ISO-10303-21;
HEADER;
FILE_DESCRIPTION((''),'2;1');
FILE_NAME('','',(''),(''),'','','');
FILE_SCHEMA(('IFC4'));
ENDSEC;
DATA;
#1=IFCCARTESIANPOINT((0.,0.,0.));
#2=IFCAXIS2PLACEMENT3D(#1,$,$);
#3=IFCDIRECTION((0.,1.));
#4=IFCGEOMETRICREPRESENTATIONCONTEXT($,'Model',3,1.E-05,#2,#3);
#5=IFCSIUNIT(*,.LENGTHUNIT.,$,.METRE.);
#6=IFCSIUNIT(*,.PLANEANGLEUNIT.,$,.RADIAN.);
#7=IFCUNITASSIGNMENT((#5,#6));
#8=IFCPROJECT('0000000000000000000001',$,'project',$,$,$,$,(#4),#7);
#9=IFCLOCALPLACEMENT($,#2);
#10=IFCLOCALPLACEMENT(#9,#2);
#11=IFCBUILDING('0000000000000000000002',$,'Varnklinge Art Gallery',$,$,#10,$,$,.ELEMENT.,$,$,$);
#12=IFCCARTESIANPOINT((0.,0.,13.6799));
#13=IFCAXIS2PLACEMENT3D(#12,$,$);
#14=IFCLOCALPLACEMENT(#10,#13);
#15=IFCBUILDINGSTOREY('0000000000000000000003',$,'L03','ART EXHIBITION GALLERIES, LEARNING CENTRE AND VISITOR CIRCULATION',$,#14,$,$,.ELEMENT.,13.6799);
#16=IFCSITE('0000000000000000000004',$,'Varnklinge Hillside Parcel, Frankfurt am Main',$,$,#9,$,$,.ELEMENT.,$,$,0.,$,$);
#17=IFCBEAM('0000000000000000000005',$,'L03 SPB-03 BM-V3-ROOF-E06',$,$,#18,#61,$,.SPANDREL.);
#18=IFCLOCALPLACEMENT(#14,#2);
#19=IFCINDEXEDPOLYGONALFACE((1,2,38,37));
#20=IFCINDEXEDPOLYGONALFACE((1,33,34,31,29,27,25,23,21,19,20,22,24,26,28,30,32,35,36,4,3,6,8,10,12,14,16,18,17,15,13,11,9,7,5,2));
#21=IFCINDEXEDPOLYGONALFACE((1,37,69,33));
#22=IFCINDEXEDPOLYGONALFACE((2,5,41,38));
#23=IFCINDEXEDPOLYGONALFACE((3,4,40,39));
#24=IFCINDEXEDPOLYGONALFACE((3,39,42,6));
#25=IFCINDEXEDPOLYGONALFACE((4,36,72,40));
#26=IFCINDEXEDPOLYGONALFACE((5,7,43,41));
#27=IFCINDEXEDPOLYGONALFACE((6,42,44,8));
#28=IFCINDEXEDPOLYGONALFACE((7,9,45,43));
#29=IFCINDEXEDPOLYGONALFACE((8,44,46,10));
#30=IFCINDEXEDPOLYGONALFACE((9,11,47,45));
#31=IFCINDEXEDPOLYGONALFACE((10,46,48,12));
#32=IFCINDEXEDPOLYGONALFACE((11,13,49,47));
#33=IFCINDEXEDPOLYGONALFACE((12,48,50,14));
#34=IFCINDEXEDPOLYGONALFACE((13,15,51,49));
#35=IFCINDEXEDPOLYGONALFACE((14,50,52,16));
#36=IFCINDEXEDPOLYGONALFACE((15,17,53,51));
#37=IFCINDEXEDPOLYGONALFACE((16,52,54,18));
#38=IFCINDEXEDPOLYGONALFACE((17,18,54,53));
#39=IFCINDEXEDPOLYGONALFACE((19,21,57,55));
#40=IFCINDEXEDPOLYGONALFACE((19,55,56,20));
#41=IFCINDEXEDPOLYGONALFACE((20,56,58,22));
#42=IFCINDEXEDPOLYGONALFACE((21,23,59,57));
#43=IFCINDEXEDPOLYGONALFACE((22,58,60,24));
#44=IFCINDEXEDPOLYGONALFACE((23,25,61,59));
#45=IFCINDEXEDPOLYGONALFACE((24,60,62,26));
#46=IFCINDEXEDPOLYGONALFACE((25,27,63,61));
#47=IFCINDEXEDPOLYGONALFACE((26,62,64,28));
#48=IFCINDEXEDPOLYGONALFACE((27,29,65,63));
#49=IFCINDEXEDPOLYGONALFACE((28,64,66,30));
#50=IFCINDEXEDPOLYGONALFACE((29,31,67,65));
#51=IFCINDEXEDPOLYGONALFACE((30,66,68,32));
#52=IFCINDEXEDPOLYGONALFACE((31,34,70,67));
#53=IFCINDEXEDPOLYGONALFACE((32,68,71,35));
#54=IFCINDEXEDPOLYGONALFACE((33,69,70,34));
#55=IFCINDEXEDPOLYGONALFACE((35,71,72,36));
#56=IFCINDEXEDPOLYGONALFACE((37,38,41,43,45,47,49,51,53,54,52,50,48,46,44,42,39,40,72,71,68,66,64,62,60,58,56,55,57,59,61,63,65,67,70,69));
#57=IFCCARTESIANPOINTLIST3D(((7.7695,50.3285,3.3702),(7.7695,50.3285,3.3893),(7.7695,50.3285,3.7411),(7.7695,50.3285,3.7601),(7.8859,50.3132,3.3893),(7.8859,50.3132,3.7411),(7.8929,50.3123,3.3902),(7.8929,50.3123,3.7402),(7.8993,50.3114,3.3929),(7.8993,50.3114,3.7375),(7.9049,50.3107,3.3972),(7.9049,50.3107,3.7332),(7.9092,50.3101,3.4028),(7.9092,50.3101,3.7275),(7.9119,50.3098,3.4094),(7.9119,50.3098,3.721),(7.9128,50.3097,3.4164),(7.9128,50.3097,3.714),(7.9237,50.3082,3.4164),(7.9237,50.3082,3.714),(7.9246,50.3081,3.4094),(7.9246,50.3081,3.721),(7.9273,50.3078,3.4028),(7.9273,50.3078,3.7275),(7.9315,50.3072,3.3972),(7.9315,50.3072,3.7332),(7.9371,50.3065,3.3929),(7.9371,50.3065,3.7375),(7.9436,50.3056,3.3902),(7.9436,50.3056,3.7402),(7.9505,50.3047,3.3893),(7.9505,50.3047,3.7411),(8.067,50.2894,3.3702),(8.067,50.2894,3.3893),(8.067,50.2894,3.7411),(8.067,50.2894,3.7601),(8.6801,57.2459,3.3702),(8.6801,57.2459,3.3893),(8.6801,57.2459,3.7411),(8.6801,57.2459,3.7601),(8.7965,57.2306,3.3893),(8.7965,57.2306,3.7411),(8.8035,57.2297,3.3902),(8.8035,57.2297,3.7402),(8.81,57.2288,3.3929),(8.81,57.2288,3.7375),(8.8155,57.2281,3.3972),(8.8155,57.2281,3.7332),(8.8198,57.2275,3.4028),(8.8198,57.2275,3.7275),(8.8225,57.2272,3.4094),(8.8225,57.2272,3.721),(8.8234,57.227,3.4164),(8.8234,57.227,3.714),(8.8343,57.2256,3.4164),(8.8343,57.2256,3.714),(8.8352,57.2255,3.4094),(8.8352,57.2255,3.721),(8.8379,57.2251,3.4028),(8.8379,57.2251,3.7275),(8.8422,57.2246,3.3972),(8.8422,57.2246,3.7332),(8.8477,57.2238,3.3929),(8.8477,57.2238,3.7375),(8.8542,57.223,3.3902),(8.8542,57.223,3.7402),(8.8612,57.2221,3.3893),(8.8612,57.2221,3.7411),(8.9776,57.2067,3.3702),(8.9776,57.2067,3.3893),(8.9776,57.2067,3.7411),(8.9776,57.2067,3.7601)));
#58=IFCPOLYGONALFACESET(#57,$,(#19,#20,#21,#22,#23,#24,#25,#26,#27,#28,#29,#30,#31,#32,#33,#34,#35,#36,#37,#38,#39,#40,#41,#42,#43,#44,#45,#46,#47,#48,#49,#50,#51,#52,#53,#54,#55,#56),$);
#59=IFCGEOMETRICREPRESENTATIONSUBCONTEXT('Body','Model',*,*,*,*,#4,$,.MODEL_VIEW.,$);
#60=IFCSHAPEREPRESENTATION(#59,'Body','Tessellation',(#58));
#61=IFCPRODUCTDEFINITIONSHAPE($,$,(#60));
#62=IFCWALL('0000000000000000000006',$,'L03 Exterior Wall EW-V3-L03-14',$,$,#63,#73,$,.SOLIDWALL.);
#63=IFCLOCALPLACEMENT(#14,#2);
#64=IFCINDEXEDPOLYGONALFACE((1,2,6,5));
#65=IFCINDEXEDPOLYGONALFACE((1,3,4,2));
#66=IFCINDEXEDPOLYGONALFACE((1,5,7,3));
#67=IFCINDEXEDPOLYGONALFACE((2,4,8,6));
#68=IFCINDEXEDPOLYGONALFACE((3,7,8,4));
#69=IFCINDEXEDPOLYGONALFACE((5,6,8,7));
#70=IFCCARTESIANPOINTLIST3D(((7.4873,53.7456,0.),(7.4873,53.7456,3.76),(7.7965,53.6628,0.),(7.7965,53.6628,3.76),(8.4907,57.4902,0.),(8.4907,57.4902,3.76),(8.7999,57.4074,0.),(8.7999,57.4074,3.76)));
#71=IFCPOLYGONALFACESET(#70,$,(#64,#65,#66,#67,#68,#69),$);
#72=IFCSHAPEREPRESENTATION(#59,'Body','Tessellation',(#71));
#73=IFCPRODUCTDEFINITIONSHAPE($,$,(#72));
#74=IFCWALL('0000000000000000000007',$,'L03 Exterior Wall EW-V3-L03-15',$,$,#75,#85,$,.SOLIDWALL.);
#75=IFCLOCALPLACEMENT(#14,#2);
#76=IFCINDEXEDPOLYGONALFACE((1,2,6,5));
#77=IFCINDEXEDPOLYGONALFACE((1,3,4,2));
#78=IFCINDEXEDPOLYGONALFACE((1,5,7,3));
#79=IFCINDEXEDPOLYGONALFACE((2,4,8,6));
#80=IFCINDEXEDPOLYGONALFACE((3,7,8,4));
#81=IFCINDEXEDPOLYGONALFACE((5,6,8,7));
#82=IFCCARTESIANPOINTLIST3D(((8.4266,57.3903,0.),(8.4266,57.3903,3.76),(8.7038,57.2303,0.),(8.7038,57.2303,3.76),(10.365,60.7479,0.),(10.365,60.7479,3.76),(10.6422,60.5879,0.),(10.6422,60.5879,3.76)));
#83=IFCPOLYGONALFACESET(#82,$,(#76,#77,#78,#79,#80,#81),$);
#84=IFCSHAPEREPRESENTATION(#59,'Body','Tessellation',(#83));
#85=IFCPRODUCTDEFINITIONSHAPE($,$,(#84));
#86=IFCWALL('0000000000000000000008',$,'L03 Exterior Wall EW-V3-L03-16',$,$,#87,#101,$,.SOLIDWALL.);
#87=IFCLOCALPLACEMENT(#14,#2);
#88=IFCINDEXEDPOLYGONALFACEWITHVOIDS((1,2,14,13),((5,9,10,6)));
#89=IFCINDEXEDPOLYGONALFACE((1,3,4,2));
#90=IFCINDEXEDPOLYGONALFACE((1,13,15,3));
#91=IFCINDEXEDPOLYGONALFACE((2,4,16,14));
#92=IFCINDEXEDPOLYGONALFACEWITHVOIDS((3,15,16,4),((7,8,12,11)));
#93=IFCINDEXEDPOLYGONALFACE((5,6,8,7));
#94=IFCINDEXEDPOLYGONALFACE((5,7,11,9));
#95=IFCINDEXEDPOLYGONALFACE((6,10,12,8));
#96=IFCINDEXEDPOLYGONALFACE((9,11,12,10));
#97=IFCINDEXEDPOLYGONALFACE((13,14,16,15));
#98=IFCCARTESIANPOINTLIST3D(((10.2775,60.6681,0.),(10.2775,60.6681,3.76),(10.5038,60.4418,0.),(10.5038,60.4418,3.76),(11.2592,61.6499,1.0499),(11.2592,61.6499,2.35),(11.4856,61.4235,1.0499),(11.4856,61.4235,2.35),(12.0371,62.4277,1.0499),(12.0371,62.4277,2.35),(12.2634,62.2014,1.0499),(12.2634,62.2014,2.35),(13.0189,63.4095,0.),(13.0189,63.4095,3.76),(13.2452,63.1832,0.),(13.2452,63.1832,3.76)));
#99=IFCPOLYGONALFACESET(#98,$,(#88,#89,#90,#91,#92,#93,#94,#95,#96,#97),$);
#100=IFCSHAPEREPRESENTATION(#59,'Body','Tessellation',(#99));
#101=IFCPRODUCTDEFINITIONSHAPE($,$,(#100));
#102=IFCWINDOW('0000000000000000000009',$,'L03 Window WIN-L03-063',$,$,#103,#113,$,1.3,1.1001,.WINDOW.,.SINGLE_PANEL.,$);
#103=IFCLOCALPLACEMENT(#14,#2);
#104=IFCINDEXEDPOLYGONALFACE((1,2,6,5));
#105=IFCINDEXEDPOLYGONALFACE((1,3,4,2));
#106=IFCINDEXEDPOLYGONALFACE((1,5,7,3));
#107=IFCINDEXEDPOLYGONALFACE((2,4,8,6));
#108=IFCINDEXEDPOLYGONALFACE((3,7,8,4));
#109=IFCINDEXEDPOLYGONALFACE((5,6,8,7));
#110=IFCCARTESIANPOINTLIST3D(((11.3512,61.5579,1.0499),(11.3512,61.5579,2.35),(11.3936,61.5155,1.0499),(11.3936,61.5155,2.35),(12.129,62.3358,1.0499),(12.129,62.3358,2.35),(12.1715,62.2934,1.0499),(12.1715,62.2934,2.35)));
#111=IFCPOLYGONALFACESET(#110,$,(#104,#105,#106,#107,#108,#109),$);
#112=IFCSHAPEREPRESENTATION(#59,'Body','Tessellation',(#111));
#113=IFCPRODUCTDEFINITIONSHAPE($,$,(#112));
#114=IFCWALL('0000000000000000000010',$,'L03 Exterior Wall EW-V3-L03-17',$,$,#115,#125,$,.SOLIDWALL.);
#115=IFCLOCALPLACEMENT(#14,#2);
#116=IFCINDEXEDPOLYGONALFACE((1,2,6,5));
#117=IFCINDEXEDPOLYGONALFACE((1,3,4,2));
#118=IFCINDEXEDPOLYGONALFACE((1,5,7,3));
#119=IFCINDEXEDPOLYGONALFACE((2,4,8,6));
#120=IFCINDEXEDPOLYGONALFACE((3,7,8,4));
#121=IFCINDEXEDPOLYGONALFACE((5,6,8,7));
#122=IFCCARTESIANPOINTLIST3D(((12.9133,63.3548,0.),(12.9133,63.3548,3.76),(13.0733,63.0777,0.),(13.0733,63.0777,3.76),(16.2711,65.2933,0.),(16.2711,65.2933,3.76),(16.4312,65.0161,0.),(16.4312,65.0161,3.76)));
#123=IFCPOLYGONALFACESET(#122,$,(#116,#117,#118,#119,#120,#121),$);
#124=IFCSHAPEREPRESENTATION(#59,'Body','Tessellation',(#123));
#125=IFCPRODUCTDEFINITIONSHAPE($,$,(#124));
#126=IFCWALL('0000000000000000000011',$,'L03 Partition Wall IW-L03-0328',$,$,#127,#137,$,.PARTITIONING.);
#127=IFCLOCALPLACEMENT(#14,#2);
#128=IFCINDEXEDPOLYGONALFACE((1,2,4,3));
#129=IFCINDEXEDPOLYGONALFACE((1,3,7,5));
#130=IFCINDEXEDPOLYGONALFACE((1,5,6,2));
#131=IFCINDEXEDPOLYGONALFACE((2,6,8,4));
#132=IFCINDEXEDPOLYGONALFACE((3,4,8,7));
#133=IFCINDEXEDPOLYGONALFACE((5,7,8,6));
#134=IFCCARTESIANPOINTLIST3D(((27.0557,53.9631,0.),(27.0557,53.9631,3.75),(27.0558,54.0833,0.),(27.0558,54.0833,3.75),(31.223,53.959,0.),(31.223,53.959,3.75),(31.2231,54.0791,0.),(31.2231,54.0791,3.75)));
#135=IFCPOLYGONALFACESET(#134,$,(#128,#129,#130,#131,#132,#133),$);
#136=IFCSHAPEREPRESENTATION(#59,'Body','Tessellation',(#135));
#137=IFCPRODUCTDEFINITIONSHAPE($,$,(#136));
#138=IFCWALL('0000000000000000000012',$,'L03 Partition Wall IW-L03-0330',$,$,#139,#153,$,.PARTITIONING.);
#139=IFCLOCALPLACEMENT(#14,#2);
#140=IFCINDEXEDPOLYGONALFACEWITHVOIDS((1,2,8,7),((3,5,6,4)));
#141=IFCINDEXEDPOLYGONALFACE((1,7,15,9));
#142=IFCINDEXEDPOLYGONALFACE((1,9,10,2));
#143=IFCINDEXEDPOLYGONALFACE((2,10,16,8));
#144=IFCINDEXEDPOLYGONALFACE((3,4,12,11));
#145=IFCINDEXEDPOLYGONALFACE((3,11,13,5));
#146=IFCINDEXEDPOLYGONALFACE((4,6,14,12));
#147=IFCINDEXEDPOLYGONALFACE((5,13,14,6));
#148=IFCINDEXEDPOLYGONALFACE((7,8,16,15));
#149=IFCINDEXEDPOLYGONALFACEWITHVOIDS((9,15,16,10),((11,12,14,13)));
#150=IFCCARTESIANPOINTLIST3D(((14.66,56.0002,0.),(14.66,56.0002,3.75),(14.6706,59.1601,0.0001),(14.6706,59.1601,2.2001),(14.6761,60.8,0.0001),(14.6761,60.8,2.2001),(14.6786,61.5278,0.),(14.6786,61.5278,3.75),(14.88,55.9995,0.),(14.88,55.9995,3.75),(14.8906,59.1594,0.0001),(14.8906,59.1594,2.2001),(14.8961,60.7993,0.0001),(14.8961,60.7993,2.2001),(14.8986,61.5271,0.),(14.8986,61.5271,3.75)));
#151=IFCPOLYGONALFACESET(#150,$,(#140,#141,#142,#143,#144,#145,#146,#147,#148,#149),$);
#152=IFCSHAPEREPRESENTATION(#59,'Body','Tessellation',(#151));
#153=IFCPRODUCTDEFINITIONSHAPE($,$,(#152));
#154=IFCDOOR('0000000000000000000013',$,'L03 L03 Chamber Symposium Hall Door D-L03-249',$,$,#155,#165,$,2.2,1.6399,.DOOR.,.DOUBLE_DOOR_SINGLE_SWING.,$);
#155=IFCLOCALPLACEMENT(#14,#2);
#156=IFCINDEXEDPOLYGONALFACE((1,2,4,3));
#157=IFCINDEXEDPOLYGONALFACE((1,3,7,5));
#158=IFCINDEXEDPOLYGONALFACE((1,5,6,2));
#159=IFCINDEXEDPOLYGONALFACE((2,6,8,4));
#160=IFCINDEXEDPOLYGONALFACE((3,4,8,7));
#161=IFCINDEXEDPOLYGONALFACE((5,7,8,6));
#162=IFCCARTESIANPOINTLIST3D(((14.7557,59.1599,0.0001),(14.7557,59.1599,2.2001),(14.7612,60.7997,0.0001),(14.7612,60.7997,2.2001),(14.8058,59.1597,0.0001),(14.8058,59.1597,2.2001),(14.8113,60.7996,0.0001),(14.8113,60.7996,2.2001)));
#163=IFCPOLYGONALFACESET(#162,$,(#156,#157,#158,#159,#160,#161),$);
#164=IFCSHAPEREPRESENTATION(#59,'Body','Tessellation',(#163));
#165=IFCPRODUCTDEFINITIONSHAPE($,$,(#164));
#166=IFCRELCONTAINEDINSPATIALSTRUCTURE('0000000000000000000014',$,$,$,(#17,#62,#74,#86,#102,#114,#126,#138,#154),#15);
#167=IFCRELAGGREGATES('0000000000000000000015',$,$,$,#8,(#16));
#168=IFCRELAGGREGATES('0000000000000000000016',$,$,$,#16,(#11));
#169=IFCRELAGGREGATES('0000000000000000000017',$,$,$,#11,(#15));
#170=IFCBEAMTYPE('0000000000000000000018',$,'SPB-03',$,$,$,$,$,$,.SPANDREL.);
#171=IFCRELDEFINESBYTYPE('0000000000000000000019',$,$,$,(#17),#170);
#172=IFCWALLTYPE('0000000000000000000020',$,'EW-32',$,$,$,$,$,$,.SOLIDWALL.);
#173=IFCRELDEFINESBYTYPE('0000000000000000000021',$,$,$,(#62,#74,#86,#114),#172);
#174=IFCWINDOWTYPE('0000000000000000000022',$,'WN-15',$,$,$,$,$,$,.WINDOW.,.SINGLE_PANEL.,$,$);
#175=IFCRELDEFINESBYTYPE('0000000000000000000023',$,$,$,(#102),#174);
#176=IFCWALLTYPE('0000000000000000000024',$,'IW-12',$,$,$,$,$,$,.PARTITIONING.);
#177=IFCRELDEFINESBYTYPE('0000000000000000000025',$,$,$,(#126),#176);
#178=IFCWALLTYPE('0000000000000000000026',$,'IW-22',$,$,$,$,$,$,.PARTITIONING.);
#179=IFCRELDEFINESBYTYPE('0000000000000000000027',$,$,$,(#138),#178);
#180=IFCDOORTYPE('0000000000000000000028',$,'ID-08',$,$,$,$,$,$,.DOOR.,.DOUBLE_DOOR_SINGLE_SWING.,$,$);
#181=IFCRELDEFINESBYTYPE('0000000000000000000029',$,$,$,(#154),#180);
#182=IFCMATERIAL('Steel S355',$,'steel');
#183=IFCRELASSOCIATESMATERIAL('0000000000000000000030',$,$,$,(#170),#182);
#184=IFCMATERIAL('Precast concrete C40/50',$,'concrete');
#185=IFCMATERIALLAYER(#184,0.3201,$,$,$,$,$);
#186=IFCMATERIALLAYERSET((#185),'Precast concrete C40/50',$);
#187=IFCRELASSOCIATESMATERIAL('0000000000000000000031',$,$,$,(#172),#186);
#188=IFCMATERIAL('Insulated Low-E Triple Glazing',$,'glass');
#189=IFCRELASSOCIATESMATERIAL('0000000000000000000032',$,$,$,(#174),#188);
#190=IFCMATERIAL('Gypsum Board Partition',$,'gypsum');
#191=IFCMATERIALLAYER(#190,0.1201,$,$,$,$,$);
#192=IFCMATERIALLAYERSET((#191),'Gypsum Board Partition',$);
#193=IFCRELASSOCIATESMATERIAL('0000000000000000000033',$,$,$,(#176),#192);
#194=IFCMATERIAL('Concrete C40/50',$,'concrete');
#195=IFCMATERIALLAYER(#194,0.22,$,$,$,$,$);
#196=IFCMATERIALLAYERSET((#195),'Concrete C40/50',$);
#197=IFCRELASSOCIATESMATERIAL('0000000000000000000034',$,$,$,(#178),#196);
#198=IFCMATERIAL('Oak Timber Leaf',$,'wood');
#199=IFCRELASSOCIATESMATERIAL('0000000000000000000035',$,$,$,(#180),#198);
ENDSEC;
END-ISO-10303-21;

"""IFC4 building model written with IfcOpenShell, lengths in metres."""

from ifc_helpers import new_model, si_unit, direction, frame, frame_2d, origin, origin_2d, place, context, subcontext, project, spatial, rectangle, i_section, extrude, material, layer, layer_set, material_profile, profile_set, type_object, element, fill, save


model = new_model("IFC4")

# Units and contexts
model_context = context("Model", 3, precision=1e-05, world=origin(), true_north=direction((0.0, 1.0)))
body_context = subcontext(model_context, "Body", "Model", "MODEL_VIEW")
ifc_project = project(units=[si_unit("LENGTHUNIT", "METRE"), si_unit("PLANEANGLEUNIT", "RADIAN")], contexts=[model_context])

# Site, building, storey
site_placement = place(None, origin())
site = spatial("IfcSite", under=ifc_project, at=site_placement, Name="Varnklinge Hillside Parcel, Frankfurt am Main", CompositionType="ELEMENT", RefElevation=0.0)
building_placement = place(site_placement, origin())
building = spatial("IfcBuilding", under=site, at=building_placement, Name="Varnklinge Art Gallery", CompositionType="ELEMENT")
storey_placement = place(building_placement, frame((0.0, 0.0, 13.6799)))
storey = spatial("IfcBuildingStorey", under=building, at=storey_placement, Name="L03", Description="ART EXHIBITION GALLERIES, LEARNING CENTRE AND VISITOR CIRCULATION", CompositionType="ELEMENT", Elevation=13.6799)

# Beam
ifc_material_1 = material(Name="Steel S355", Category="steel")
ifc_material_profile_1 = material_profile(ifc_material_1, i_section(OverallWidth=0.3, OverallDepth=0.3899, WebThickness=0.011, FlangeThickness=0.019, FilletRadius=0.0271, at=origin_2d()), Name="HEA 400")
ifc_profile_set_1 = profile_set([ifc_material_profile_1], Name="Steel S355")
beam_type = type_object("IfcBeamType", Name="SPB-03", PredefinedType="SPANDREL", material=ifc_profile_set_1)
beam_1_placement = place(storey_placement, frame((8.8289, 57.2263, 3.5652), z_axis=(-0.130518, -0.991446, 0.0), x_axis=(0.991446, -0.130518, 0.0)))
element("IfcBeam", 1, at=beam_1_placement, inside=storey, type_object=beam_type, Name="L03 SPB-03 BM-V3-ROOF-E06", PredefinedType="SPANDREL", context=body_context, shape_type="SweptSolid", body=[
    extrude(i_section(OverallWidth=0.3, OverallDepth=0.3899, WebThickness=0.011, FlangeThickness=0.019, FilletRadius=0.0271, at=origin_2d()), origin(), (0.0, 0.0, 1.0), 6.9771),
])

# Walls
ifc_material_2 = material(Name="Precast concrete C40/50", Category="concrete")
ifc_layer_1 = layer(ifc_material_2, 0.3201)
ifc_layer_set_1 = layer_set([ifc_layer_1], Name="Precast concrete C40/50")
wall_type_1 = type_object("IfcWallType", Name="EW-32", PredefinedType="SOLIDWALL", material=ifc_layer_set_1)
wall_1_placement = place(storey_placement, frame((7.6418, 53.7041, 0.0), z_axis=(0.0, 0.0, 1.0), x_axis=(0.258831, 0.965923, 0.0)))
element("IfcWall", 2, at=wall_1_placement, inside=storey, type_object=wall_type_1, Name="L03 Exterior Wall EW-V3-L03-14", PredefinedType="SOLIDWALL", context=body_context, shape_type="SweptSolid", body=[
    extrude(rectangle(XDim=3.8767, YDim=0.3201, at=frame_2d((1.9385, 0.0))), origin(), (0.0, 0.0, 1.0), 3.76),
])
wall_2_placement = place(storey_placement, frame((8.5652, 57.3103, 0.0), z_axis=(0.0, 0.0, 1.0), x_axis=(0.499986, 0.866034, 0.0)))
element("IfcWall", 3, at=wall_2_placement, inside=storey, type_object=wall_type_1, Name="L03 Exterior Wall EW-V3-L03-15", PredefinedType="SOLIDWALL", context=body_context, shape_type="SweptSolid", body=[
    extrude(rectangle(XDim=3.877, YDim=0.3201, at=frame_2d((1.9385, 0.0))), origin(), (0.0, 0.0, 1.0), 3.76),
])

# Wall, opening, window
wall_3_placement = place(storey_placement, frame((10.3906, 60.5549, 0.0), z_axis=(0.0, 0.0, 1.0), x_axis=(0.707107, 0.707107, 0.0)))
wall_3 = element("IfcWall", 4, at=wall_3_placement, inside=storey, type_object=wall_type_1, Name="L03 Exterior Wall EW-V3-L03-16", PredefinedType="SOLIDWALL", context=body_context, shape_type="SweptSolid", body=[
    extrude(rectangle(XDim=3.877, YDim=0.3201, at=frame_2d((1.9385, 0.0))), origin(), (0.0, 0.0, 1.0), 3.76),
])
opening_1_placement = place(wall_3_placement, frame((1.3884, 0.0, 1.05)))
opening_1 = element("IfcOpeningElement", 5, at=opening_1_placement, cuts=wall_3, PredefinedType="OPENING", context=body_context, shape_type="SweptSolid", body=[
    extrude(rectangle(XDim=1.1001, YDim=1.3, at=frame_2d((0.55, 0.6499))), frame((0.0, 0.1702, 0.0), z_axis=(0.0, -1.0, 0.0), x_axis=(1.0, 0.0, 0.0)), (0.0, 0.0, 1.0), 0.3401),
])
ifc_material_3 = material(Name="Insulated Low-E Triple Glazing", Category="glass")
window_type = type_object("IfcWindowType", Name="WN-15", PartitioningType="SINGLE_PANEL", PredefinedType="WINDOW", material=ifc_material_3)
window_placement = place(opening_1_placement, origin())
window = element("IfcWindow", 6, at=window_placement, inside=storey, type_object=window_type, Name="L03 Window WIN-L03-063", OverallHeight=1.3, OverallWidth=1.1001, PartitioningType="SINGLE_PANEL", PredefinedType="WINDOW", context=body_context, shape_type="SweptSolid", body=[
    extrude(rectangle(XDim=1.1001, YDim=1.3, at=frame_2d((0.55, 0.6499))), frame((0.0, 0.03, 0.0), z_axis=(0.0, -1.0, 0.0), x_axis=(1.0, 0.0, 0.0)), (0.0, 0.0, 1.0), 0.0601),
])
fill(opening_1, window)

# Walls
wall_4_placement = place(storey_placement, frame((12.9934, 63.2163, 0.0), z_axis=(0.0, 0.0, 1.0), x_axis=(0.866049, 0.499959, 0.0)))
element("IfcWall", 7, at=wall_4_placement, inside=storey, type_object=wall_type_1, Name="L03 Exterior Wall EW-V3-L03-17", PredefinedType="SOLIDWALL", context=body_context, shape_type="SweptSolid", body=[
    extrude(rectangle(XDim=3.8772, YDim=0.3201, at=frame_2d((1.9385, 0.0))), origin(), (0.0, 0.0, 1.0), 3.76),
])
ifc_material_4 = material(Name="Gypsum Board Partition", Category="gypsum")
ifc_layer_2 = layer(ifc_material_4, 0.1201)
ifc_layer_set_2 = layer_set([ifc_layer_2], Name="Gypsum Board Partition")
wall_type_2 = type_object("IfcWallType", Name="IW-12", PredefinedType="PARTITIONING", material=ifc_layer_set_2)
wall_5_placement = place(storey_placement, frame((27.0559, 54.0232, 0.0), z_axis=(0.0, 0.0, 1.0), x_axis=(1.0, -0.000996, 0.0)))
element("IfcWall", 8, at=wall_5_placement, inside=storey, type_object=wall_type_2, Name="L03 Partition Wall IW-L03-0328", PredefinedType="PARTITIONING", context=body_context, shape_type="SweptSolid", body=[
    extrude(rectangle(XDim=4.1672, YDim=0.1201, at=frame_2d((2.0835, 0.0))), origin(), (0.0, 0.0, 1.0), 3.75),
])

# Wall, opening, door
ifc_material_5 = material(Name="Concrete C40/50", Category="concrete")
ifc_layer_3 = layer(ifc_material_5, 0.22)
ifc_layer_set_3 = layer_set([ifc_layer_3], Name="Concrete C40/50")
wall_type_3 = type_object("IfcWallType", Name="IW-22", PredefinedType="PARTITIONING", material=ifc_layer_set_3)
wall_6_placement = place(storey_placement, frame((14.77, 56.0, 0.0), z_axis=(0.0, 0.0, 1.0), x_axis=(0.003357, 0.999994, 0.0)))
wall_6 = element("IfcWall", 9, at=wall_6_placement, inside=storey, type_object=wall_type_3, Name="L03 Partition Wall IW-L03-0330", PredefinedType="PARTITIONING", context=body_context, shape_type="SweptSolid", body=[
    extrude(rectangle(XDim=5.5276, YDim=0.22, at=frame_2d((2.7637, 0.0))), origin(), (0.0, 0.0, 1.0), 3.75),
])
opening_2_placement = place(wall_6_placement, frame((3.1599, 0.0, 0.0)))
opening_2 = element("IfcOpeningElement", 10, at=opening_2_placement, cuts=wall_6, PredefinedType="OPENING", context=body_context, shape_type="SweptSolid", body=[
    extrude(rectangle(XDim=1.6399, YDim=2.2, at=frame_2d((0.8198, 1.1001))), frame((0.0, 0.1199, 0.0), z_axis=(0.0, -1.0, 0.0), x_axis=(1.0, 0.0, 0.0)), (0.0, 0.0, 1.0), 0.24),
])
ifc_material_6 = material(Name="Oak Timber Leaf", Category="wood")
door_type_1 = type_object("IfcDoorType", Name="ID-08", OperationType="DOUBLE_DOOR_SINGLE_SWING", PredefinedType="DOOR", material=ifc_material_6)
door_1_placement = place(opening_2_placement, origin())
door_1 = element("IfcDoor", 11, at=door_1_placement, inside=storey, type_object=door_type_1, Name="L03 L03 Chamber Symposium Hall Door D-L03-249", OperationType="DOUBLE_DOOR_SINGLE_SWING", OverallHeight=2.2, OverallWidth=1.6399, PredefinedType="DOOR", context=body_context, shape_type="SweptSolid", body=[
    extrude(rectangle(XDim=1.6399, YDim=2.2, at=frame_2d((0.8198, 1.1001))), frame((0.0, 0.0249, 0.0), z_axis=(0.0, -1.0, 0.0), x_axis=(1.0, 0.0, 0.0)), (0.0, 0.0, 1.0), 0.05),
])
fill(opening_2, door_1)

save(model, "model.ifc")
